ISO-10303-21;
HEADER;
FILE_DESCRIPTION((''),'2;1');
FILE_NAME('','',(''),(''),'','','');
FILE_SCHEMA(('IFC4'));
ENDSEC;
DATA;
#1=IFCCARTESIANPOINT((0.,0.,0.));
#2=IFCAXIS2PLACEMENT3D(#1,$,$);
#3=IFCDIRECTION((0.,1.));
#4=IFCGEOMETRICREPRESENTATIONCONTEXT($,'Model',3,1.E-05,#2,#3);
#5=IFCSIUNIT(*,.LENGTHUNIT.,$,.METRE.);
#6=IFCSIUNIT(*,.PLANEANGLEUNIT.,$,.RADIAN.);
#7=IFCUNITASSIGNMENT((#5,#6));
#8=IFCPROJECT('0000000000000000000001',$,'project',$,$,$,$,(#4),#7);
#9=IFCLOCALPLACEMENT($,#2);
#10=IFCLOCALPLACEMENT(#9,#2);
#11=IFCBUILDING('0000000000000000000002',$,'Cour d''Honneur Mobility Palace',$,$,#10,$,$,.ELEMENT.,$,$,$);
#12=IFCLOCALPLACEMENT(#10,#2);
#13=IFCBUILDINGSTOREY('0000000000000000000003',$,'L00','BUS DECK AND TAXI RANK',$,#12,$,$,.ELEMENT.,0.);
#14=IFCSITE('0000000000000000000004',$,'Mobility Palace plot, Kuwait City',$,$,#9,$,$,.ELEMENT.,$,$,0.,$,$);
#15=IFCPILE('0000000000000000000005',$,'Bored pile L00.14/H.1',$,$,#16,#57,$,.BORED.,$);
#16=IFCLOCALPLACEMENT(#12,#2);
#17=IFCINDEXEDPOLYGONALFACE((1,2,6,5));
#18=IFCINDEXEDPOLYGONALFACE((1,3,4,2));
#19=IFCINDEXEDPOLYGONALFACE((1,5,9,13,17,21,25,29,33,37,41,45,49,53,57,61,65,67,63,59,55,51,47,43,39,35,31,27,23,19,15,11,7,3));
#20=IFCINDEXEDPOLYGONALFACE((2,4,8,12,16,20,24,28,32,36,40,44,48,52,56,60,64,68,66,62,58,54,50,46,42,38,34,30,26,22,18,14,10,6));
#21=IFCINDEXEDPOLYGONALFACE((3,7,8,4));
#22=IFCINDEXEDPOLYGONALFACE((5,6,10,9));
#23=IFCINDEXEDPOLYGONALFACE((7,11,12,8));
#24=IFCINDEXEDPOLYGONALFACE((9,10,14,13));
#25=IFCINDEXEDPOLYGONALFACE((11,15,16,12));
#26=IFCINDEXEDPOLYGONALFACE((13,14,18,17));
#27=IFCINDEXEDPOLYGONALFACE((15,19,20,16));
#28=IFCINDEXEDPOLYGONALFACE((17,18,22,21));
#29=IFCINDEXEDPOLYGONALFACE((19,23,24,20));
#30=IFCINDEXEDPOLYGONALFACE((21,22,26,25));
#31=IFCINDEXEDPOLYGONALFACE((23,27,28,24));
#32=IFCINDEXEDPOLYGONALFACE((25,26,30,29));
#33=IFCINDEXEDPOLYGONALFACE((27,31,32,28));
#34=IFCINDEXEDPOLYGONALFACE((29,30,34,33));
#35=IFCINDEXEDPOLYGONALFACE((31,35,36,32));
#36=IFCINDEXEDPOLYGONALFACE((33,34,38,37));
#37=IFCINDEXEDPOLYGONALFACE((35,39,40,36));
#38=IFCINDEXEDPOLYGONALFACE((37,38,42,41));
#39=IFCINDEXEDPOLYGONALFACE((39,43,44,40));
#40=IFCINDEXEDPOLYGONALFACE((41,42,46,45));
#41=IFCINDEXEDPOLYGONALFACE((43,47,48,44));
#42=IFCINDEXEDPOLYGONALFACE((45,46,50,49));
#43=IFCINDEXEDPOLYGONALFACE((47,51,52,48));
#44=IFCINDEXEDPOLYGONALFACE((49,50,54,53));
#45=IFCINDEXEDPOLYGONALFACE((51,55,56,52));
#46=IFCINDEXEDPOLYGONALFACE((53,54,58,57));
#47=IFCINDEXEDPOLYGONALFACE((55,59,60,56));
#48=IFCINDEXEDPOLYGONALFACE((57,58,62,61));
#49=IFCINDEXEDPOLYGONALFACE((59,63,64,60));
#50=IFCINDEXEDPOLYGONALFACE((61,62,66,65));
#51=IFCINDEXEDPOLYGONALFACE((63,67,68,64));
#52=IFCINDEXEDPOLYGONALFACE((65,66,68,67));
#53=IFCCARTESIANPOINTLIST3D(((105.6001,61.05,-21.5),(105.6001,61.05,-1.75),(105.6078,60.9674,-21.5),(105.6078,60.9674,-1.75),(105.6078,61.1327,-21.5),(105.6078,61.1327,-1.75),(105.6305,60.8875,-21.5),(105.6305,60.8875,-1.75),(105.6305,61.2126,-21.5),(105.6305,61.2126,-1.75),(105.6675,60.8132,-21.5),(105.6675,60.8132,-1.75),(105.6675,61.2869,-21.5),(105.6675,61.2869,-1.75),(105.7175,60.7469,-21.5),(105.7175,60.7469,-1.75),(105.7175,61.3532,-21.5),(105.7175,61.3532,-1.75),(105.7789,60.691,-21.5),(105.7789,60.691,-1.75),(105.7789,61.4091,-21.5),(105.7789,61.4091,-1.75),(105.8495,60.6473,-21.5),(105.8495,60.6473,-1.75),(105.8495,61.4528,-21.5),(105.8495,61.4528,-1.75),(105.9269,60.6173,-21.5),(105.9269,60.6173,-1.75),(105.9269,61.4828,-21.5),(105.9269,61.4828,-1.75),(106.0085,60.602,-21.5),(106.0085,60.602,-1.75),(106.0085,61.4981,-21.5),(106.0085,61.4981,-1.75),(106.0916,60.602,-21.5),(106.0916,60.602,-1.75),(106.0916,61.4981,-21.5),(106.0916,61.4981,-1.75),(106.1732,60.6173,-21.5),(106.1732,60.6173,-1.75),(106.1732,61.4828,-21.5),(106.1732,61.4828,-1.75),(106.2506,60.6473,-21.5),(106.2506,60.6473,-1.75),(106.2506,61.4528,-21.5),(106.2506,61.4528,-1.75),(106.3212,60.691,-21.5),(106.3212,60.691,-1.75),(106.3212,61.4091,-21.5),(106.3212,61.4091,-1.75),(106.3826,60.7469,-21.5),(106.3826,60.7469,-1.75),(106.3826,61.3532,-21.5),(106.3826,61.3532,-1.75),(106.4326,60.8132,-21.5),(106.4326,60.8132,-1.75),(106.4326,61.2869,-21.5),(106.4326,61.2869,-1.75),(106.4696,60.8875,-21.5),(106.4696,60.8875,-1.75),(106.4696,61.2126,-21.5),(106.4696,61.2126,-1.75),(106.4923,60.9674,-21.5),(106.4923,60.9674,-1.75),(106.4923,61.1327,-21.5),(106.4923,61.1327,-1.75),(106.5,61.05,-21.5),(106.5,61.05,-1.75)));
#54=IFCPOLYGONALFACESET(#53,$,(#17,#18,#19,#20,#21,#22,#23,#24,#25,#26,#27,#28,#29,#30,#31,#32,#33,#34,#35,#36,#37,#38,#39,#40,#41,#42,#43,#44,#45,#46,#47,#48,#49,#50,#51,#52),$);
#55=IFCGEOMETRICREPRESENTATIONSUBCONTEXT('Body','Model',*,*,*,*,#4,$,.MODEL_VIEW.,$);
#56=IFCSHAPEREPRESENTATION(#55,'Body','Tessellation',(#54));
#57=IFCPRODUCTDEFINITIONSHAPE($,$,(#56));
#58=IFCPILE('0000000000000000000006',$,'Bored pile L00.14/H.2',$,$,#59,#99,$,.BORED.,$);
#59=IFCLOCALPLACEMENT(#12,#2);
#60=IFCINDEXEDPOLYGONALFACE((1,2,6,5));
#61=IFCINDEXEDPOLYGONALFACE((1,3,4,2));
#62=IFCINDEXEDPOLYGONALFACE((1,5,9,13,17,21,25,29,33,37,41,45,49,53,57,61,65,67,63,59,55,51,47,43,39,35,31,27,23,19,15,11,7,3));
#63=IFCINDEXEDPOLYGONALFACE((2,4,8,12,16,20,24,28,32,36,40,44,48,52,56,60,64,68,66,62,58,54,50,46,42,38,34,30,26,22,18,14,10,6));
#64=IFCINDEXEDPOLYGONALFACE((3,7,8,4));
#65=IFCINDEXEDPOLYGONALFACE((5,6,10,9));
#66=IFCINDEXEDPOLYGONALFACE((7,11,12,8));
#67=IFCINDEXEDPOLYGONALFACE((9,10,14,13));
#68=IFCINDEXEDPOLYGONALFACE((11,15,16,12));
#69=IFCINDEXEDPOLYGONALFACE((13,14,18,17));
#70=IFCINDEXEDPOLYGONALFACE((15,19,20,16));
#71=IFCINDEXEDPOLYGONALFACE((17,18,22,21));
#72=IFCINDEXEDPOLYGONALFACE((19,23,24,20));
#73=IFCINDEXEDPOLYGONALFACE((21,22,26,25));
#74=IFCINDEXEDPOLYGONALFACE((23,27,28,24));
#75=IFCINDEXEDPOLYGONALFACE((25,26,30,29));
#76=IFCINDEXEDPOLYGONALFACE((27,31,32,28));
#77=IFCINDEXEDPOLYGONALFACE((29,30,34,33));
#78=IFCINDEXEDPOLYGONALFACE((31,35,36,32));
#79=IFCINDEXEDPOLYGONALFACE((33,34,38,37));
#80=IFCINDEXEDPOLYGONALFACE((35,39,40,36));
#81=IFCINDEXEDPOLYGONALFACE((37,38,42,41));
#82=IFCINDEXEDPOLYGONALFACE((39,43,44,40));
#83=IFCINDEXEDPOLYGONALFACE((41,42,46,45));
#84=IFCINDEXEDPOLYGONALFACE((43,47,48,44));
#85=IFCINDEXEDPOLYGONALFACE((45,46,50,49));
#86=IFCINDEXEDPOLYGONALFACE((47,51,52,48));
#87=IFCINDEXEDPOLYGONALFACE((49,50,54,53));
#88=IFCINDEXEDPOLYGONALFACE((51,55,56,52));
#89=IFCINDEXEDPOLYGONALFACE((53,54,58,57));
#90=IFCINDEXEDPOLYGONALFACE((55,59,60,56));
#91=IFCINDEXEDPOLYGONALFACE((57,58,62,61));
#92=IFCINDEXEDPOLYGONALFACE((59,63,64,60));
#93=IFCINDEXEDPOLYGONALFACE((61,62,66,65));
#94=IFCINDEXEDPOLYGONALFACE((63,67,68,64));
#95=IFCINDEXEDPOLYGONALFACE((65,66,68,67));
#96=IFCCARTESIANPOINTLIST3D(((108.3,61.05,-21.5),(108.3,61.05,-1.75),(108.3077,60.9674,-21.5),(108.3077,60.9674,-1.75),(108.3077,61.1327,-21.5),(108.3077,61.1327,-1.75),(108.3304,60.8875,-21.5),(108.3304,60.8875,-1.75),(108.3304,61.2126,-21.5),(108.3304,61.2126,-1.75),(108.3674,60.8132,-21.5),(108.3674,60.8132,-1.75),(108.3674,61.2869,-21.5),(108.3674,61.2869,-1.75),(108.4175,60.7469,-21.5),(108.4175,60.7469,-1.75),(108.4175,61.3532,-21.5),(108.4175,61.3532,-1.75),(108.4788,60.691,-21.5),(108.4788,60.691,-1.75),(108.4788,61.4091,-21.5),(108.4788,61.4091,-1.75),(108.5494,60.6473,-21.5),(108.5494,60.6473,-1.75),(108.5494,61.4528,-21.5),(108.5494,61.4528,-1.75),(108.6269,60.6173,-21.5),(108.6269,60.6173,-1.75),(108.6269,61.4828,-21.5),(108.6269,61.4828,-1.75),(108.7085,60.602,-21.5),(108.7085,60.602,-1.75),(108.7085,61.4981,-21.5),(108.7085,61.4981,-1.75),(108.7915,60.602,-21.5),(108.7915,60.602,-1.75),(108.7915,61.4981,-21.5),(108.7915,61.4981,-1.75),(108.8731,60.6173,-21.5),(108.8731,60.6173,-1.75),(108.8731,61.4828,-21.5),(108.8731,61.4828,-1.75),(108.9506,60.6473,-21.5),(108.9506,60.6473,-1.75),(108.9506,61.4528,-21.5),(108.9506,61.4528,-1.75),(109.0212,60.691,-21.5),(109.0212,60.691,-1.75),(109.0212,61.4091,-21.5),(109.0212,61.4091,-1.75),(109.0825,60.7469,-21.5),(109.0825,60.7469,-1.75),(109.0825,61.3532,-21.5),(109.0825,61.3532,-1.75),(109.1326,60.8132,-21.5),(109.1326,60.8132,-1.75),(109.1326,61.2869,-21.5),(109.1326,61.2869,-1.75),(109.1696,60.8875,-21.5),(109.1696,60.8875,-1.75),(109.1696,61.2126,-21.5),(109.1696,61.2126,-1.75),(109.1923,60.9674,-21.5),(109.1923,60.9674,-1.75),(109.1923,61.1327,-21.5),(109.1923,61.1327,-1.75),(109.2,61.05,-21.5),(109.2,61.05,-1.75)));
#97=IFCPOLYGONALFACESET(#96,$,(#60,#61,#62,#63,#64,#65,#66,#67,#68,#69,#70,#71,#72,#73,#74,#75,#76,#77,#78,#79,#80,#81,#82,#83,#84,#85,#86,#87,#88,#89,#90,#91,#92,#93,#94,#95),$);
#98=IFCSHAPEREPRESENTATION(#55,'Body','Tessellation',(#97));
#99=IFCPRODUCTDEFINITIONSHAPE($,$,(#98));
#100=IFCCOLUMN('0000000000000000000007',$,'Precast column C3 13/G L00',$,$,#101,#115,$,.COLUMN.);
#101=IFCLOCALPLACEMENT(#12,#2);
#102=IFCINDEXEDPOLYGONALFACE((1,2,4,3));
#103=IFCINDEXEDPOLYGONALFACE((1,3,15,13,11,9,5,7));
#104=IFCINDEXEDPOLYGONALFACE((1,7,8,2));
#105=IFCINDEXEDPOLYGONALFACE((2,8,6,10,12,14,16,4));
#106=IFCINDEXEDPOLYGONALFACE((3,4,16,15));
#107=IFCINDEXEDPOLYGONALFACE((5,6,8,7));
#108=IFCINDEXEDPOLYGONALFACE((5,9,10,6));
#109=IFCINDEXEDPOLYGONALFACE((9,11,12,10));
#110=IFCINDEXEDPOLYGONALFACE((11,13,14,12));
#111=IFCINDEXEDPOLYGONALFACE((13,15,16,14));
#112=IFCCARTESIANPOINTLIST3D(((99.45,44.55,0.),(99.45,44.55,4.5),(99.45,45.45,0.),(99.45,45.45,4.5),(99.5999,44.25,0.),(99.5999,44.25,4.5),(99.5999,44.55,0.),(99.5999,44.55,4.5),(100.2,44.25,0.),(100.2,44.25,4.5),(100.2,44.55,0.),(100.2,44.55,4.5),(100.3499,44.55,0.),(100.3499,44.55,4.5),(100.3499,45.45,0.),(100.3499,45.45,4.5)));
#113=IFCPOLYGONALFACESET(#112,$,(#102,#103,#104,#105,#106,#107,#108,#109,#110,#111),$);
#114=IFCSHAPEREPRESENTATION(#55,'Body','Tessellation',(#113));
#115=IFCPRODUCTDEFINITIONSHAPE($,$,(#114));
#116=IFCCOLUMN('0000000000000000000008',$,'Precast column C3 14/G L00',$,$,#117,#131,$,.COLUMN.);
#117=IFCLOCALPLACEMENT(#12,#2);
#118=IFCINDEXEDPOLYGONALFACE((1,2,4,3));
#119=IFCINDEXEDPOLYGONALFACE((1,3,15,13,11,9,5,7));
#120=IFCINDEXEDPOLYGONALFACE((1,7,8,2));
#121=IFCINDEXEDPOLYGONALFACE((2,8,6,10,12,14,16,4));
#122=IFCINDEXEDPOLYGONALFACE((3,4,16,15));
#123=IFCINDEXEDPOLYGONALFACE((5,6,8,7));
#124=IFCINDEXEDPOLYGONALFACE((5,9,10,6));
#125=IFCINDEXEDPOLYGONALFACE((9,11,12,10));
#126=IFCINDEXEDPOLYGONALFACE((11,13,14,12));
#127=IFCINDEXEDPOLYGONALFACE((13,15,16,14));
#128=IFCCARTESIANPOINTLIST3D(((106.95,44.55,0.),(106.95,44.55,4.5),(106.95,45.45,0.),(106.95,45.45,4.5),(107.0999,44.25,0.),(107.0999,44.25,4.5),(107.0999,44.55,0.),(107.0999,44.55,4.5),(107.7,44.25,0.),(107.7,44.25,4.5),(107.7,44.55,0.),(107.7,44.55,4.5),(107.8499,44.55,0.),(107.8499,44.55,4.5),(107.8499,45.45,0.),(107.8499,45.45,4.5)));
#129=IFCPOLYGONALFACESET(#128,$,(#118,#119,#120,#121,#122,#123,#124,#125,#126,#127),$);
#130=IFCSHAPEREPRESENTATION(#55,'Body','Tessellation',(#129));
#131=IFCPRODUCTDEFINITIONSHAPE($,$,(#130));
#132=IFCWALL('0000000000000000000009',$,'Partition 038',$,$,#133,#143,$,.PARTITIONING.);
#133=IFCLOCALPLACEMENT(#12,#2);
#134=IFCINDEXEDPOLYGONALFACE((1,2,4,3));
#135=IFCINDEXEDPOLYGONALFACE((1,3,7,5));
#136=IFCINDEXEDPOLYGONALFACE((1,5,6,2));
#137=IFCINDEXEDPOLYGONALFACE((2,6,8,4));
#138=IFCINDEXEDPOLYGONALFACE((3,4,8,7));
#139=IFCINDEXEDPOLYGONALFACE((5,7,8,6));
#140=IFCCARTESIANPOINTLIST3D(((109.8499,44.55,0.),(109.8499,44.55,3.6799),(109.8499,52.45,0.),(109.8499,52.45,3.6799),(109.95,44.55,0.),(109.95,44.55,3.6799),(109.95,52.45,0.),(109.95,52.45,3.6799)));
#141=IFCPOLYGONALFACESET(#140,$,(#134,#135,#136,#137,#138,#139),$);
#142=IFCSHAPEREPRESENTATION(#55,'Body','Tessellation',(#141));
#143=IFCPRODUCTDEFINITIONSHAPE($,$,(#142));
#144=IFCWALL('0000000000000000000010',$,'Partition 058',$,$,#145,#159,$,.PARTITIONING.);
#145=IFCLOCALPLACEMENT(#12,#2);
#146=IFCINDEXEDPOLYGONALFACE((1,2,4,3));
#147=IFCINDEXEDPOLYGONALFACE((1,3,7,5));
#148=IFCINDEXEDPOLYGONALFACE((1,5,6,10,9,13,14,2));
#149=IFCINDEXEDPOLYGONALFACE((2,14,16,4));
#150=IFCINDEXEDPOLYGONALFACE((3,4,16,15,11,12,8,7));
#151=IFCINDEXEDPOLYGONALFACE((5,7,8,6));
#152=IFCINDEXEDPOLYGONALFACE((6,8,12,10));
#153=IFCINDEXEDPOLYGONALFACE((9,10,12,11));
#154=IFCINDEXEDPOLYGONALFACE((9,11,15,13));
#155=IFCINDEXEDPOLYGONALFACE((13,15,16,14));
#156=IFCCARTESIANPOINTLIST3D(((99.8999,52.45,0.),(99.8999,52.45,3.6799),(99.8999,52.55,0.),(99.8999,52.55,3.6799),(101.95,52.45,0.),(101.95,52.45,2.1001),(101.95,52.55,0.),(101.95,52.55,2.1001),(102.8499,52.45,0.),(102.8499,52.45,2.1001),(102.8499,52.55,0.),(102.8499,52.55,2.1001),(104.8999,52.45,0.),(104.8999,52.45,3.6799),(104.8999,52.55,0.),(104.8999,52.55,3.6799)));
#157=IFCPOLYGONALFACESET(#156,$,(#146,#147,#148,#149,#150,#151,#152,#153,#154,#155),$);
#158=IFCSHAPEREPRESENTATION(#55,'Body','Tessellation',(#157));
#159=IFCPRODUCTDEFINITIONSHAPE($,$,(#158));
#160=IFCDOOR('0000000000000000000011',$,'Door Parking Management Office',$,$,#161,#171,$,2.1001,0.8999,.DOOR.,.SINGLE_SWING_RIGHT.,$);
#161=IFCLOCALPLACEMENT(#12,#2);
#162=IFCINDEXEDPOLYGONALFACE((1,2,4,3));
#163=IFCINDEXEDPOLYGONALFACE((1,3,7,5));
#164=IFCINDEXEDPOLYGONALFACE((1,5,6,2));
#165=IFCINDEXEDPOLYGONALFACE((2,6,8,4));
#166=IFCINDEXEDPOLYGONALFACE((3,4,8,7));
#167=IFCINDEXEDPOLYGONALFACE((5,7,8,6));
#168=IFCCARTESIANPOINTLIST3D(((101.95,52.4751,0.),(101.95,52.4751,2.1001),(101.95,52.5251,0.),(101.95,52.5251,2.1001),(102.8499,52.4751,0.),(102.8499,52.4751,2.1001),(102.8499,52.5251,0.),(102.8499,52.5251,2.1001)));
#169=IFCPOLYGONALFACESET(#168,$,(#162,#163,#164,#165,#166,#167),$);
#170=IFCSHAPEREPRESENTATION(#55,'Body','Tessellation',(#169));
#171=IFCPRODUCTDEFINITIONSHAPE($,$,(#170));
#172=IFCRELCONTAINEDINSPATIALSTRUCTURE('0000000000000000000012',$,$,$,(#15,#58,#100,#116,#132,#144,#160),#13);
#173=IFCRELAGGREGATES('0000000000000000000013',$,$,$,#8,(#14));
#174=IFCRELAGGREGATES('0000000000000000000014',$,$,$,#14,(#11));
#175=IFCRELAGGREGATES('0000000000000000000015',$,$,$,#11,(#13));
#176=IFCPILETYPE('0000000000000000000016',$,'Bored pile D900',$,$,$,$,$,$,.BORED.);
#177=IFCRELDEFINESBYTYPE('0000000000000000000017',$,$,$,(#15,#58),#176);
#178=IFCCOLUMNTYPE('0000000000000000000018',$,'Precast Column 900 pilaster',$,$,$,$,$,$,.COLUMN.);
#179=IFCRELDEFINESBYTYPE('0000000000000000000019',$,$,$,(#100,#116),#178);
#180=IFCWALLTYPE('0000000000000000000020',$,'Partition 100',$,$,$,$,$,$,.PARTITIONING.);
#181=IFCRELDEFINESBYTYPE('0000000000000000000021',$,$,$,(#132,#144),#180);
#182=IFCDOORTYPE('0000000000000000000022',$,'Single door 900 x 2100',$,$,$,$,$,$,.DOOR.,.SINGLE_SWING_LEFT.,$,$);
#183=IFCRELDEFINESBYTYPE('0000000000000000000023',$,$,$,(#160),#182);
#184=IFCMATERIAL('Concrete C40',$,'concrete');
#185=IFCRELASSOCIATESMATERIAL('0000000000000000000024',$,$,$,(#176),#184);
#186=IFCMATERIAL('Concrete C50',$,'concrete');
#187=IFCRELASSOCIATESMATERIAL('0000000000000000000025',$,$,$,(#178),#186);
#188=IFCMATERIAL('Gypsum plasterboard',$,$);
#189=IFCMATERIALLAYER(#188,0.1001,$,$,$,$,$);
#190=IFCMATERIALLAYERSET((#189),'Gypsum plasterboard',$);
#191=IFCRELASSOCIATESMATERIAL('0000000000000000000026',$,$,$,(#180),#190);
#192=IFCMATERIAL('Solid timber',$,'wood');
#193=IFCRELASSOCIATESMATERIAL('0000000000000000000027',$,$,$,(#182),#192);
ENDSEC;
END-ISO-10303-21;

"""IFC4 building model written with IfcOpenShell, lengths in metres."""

from ifc_helpers import new_model, si_unit, direction, frame, frame_2d, origin, origin_2d, place, context, subcontext, project, spatial, polyline, rectangle, circle, outline, extrude, material, layer, layer_set, material_profile, profile_set, type_object, element, fill, save


model = new_model("IFC4")

# Units and contexts
model_context = context("Model", 3, precision=1e-05, world=origin(), true_north=direction((0.0, 1.0)))
body_context = subcontext(model_context, "Body", "Model", "MODEL_VIEW")
ifc_project = project(units=[si_unit("LENGTHUNIT", "METRE"), si_unit("PLANEANGLEUNIT", "RADIAN")], contexts=[model_context])

# Site, building, storey
site_placement = place(None, origin())
site = spatial("IfcSite", under=ifc_project, at=site_placement, Name="Mobility Palace plot, Kuwait City", CompositionType="ELEMENT", RefElevation=0.0)
building_placement = place(site_placement, origin())
building = spatial("IfcBuilding", under=site, at=building_placement, Name="Cour d'Honneur Mobility Palace", CompositionType="ELEMENT")
storey_placement = place(building_placement, origin())
storey = spatial("IfcBuildingStorey", under=building, at=storey_placement, Name="L00", Description="BUS DECK AND TAXI RANK", CompositionType="ELEMENT", Elevation=0.0)

# Piles
ifc_material_1 = material(Name="Concrete C40", Category="concrete")
ifc_material_profile_1 = material_profile(ifc_material_1, circle(Radius=0.45, at=origin_2d()), Name="Bored pile D900")
ifc_profile_set_1 = profile_set([ifc_material_profile_1], Name="Concrete C40")
pile_type = type_object("IfcPileType", Name="Bored pile D900", PredefinedType="BORED", material=ifc_profile_set_1)
for number, where, z_axis, x_axis, name in (
    (1, (106.05, 61.05, -1.75), (0.0, 0.0, -1.0), (1.0, 0.0, 0.0), "Bored pile L00.14/H.1"),
    (2, (108.75, 61.05, -1.75), (0.0, 0.0, -1.0), (1.0, 0.0, 0.0), "Bored pile L00.14/H.2"),
):
    element("IfcPile", number, at=place(storey_placement, frame(where, z_axis=z_axis, x_axis=x_axis)), inside=storey, type_object=pile_type, Name=name, PredefinedType="BORED", context=body_context, shape_type="SweptSolid", body=[
        extrude(circle(Radius=0.45, at=origin_2d()), origin(), (0.0, 0.0, 1.0), 19.75),
    ])

# Columns
ifc_material_2 = material(Name="Concrete C50", Category="concrete")
ifc_material_profile_2 = material_profile(ifc_material_2, outline(polyline([(-0.45, -0.45), (0.45, -0.45), (0.45, -0.3), (0.75, -0.3), (0.75, 0.3), (0.45, 0.3), (0.45, 0.45), (-0.45, 0.45), (-0.45, -0.45)])), Name="PC C900 pilaster")
ifc_profile_set_2 = profile_set([ifc_material_profile_2], Name="Concrete C50")
column_type = type_object("IfcColumnType", Name="Precast Column 900 pilaster", PredefinedType="COLUMN", material=ifc_profile_set_2)
for number, where, z_axis, x_axis, name in (
    (3, (99.8999, 45.0, 0.0), (0.0, 0.0, 1.0), (0.0, -1.0, 0.0), "Precast column C3 13/G L00"),
    (4, (107.3999, 45.0, 0.0), (0.0, 0.0, 1.0), (0.0, -1.0, 0.0), "Precast column C3 14/G L00"),
):
    element("IfcColumn", number, at=place(storey_placement, frame(where, z_axis=z_axis, x_axis=x_axis)), inside=storey, type_object=column_type, Name=name, PredefinedType="COLUMN", context=body_context, shape_type="SweptSolid", body=[
        extrude(outline(polyline([(-0.45, -0.45), (0.45, -0.45), (0.45, -0.3), (0.75, -0.3), (0.75, 0.3), (0.45, 0.3), (0.45, 0.45), (-0.45, 0.45), (-0.45, -0.45)])), origin(), (0.0, 0.0, 1.0), 4.5),
    ])

# Wall
ifc_material_3 = material(Name="Gypsum plasterboard")
ifc_layer_1 = layer(ifc_material_3, 0.1001)
ifc_layer_set_1 = layer_set([ifc_layer_1], Name="Gypsum plasterboard")
wall_type_1 = type_object("IfcWallType", Name="Partition 100", PredefinedType="PARTITIONING", material=ifc_layer_set_1)
wall_1_placement = place(storey_placement, frame((109.8999, 44.55, 0.0), z_axis=(0.0, 0.0, 1.0), x_axis=(0.0, 1.0, 0.0)))
element("IfcWall", 5, at=wall_1_placement, inside=storey, type_object=wall_type_1, Name="Partition 038", PredefinedType="PARTITIONING", context=body_context, shape_type="SweptSolid", body=[
    extrude(rectangle(XDim=7.8999, YDim=0.1001, at=frame_2d((3.95, 0.0))), origin(), (0.0, 0.0, 1.0), 3.6799),
])

# Wall, opening, door
wall_2_placement = place(storey_placement, frame((104.8999, 52.5, 0.0), z_axis=(0.0, 0.0, 1.0), x_axis=(-1.0, 0.0, 0.0)))
wall_2 = element("IfcWall", 6, at=wall_2_placement, inside=storey, type_object=wall_type_1, Name="Partition 058", PredefinedType="PARTITIONING", context=body_context, shape_type="SweptSolid", body=[
    extrude(rectangle(XDim=5.0, YDim=0.1001, at=frame_2d((2.5, 0.0))), origin(), (0.0, 0.0, 1.0), 3.6799),
])
opening_1_placement = place(wall_2_placement, frame((2.05, 0.0, 0.0)))
opening_1 = element("IfcOpeningElement", 7, at=opening_1_placement, cuts=wall_2, PredefinedType="OPENING", context=body_context, shape_type="SweptSolid", body=[
    extrude(rectangle(XDim=0.8999, YDim=2.1001, at=frame_2d((0.45, 1.05))), frame((0.0, 0.0601, 0.0), z_axis=(0.0, -1.0, 0.0), x_axis=(1.0, 0.0, 0.0)), (0.0, 0.0, 1.0), 0.1201),
])
ifc_material_4 = material(Name="Solid timber", Category="wood")
door_type_1 = type_object("IfcDoorType", Name="Single door 900 x 2100", OperationType="SINGLE_SWING_LEFT", PredefinedType="DOOR", material=ifc_material_4)
door_1_placement = place(opening_1_placement, origin())
door_1 = element("IfcDoor", 8, at=door_1_placement, inside=storey, type_object=door_type_1, Name="Door Parking Management Office", OperationType="SINGLE_SWING_RIGHT", OverallHeight=2.1001, OverallWidth=0.8999, PredefinedType="DOOR", context=body_context, shape_type="SweptSolid", body=[
    extrude(rectangle(XDim=0.8999, YDim=2.1001, at=frame_2d((0.45, 1.05))), frame((0.0, 0.0249, 0.0), z_axis=(0.0, -1.0, 0.0), x_axis=(1.0, 0.0, 0.0)), (0.0, 0.0, 1.0), 0.05),
])
fill(opening_1, door_1)

save(model, "model.ifc")
